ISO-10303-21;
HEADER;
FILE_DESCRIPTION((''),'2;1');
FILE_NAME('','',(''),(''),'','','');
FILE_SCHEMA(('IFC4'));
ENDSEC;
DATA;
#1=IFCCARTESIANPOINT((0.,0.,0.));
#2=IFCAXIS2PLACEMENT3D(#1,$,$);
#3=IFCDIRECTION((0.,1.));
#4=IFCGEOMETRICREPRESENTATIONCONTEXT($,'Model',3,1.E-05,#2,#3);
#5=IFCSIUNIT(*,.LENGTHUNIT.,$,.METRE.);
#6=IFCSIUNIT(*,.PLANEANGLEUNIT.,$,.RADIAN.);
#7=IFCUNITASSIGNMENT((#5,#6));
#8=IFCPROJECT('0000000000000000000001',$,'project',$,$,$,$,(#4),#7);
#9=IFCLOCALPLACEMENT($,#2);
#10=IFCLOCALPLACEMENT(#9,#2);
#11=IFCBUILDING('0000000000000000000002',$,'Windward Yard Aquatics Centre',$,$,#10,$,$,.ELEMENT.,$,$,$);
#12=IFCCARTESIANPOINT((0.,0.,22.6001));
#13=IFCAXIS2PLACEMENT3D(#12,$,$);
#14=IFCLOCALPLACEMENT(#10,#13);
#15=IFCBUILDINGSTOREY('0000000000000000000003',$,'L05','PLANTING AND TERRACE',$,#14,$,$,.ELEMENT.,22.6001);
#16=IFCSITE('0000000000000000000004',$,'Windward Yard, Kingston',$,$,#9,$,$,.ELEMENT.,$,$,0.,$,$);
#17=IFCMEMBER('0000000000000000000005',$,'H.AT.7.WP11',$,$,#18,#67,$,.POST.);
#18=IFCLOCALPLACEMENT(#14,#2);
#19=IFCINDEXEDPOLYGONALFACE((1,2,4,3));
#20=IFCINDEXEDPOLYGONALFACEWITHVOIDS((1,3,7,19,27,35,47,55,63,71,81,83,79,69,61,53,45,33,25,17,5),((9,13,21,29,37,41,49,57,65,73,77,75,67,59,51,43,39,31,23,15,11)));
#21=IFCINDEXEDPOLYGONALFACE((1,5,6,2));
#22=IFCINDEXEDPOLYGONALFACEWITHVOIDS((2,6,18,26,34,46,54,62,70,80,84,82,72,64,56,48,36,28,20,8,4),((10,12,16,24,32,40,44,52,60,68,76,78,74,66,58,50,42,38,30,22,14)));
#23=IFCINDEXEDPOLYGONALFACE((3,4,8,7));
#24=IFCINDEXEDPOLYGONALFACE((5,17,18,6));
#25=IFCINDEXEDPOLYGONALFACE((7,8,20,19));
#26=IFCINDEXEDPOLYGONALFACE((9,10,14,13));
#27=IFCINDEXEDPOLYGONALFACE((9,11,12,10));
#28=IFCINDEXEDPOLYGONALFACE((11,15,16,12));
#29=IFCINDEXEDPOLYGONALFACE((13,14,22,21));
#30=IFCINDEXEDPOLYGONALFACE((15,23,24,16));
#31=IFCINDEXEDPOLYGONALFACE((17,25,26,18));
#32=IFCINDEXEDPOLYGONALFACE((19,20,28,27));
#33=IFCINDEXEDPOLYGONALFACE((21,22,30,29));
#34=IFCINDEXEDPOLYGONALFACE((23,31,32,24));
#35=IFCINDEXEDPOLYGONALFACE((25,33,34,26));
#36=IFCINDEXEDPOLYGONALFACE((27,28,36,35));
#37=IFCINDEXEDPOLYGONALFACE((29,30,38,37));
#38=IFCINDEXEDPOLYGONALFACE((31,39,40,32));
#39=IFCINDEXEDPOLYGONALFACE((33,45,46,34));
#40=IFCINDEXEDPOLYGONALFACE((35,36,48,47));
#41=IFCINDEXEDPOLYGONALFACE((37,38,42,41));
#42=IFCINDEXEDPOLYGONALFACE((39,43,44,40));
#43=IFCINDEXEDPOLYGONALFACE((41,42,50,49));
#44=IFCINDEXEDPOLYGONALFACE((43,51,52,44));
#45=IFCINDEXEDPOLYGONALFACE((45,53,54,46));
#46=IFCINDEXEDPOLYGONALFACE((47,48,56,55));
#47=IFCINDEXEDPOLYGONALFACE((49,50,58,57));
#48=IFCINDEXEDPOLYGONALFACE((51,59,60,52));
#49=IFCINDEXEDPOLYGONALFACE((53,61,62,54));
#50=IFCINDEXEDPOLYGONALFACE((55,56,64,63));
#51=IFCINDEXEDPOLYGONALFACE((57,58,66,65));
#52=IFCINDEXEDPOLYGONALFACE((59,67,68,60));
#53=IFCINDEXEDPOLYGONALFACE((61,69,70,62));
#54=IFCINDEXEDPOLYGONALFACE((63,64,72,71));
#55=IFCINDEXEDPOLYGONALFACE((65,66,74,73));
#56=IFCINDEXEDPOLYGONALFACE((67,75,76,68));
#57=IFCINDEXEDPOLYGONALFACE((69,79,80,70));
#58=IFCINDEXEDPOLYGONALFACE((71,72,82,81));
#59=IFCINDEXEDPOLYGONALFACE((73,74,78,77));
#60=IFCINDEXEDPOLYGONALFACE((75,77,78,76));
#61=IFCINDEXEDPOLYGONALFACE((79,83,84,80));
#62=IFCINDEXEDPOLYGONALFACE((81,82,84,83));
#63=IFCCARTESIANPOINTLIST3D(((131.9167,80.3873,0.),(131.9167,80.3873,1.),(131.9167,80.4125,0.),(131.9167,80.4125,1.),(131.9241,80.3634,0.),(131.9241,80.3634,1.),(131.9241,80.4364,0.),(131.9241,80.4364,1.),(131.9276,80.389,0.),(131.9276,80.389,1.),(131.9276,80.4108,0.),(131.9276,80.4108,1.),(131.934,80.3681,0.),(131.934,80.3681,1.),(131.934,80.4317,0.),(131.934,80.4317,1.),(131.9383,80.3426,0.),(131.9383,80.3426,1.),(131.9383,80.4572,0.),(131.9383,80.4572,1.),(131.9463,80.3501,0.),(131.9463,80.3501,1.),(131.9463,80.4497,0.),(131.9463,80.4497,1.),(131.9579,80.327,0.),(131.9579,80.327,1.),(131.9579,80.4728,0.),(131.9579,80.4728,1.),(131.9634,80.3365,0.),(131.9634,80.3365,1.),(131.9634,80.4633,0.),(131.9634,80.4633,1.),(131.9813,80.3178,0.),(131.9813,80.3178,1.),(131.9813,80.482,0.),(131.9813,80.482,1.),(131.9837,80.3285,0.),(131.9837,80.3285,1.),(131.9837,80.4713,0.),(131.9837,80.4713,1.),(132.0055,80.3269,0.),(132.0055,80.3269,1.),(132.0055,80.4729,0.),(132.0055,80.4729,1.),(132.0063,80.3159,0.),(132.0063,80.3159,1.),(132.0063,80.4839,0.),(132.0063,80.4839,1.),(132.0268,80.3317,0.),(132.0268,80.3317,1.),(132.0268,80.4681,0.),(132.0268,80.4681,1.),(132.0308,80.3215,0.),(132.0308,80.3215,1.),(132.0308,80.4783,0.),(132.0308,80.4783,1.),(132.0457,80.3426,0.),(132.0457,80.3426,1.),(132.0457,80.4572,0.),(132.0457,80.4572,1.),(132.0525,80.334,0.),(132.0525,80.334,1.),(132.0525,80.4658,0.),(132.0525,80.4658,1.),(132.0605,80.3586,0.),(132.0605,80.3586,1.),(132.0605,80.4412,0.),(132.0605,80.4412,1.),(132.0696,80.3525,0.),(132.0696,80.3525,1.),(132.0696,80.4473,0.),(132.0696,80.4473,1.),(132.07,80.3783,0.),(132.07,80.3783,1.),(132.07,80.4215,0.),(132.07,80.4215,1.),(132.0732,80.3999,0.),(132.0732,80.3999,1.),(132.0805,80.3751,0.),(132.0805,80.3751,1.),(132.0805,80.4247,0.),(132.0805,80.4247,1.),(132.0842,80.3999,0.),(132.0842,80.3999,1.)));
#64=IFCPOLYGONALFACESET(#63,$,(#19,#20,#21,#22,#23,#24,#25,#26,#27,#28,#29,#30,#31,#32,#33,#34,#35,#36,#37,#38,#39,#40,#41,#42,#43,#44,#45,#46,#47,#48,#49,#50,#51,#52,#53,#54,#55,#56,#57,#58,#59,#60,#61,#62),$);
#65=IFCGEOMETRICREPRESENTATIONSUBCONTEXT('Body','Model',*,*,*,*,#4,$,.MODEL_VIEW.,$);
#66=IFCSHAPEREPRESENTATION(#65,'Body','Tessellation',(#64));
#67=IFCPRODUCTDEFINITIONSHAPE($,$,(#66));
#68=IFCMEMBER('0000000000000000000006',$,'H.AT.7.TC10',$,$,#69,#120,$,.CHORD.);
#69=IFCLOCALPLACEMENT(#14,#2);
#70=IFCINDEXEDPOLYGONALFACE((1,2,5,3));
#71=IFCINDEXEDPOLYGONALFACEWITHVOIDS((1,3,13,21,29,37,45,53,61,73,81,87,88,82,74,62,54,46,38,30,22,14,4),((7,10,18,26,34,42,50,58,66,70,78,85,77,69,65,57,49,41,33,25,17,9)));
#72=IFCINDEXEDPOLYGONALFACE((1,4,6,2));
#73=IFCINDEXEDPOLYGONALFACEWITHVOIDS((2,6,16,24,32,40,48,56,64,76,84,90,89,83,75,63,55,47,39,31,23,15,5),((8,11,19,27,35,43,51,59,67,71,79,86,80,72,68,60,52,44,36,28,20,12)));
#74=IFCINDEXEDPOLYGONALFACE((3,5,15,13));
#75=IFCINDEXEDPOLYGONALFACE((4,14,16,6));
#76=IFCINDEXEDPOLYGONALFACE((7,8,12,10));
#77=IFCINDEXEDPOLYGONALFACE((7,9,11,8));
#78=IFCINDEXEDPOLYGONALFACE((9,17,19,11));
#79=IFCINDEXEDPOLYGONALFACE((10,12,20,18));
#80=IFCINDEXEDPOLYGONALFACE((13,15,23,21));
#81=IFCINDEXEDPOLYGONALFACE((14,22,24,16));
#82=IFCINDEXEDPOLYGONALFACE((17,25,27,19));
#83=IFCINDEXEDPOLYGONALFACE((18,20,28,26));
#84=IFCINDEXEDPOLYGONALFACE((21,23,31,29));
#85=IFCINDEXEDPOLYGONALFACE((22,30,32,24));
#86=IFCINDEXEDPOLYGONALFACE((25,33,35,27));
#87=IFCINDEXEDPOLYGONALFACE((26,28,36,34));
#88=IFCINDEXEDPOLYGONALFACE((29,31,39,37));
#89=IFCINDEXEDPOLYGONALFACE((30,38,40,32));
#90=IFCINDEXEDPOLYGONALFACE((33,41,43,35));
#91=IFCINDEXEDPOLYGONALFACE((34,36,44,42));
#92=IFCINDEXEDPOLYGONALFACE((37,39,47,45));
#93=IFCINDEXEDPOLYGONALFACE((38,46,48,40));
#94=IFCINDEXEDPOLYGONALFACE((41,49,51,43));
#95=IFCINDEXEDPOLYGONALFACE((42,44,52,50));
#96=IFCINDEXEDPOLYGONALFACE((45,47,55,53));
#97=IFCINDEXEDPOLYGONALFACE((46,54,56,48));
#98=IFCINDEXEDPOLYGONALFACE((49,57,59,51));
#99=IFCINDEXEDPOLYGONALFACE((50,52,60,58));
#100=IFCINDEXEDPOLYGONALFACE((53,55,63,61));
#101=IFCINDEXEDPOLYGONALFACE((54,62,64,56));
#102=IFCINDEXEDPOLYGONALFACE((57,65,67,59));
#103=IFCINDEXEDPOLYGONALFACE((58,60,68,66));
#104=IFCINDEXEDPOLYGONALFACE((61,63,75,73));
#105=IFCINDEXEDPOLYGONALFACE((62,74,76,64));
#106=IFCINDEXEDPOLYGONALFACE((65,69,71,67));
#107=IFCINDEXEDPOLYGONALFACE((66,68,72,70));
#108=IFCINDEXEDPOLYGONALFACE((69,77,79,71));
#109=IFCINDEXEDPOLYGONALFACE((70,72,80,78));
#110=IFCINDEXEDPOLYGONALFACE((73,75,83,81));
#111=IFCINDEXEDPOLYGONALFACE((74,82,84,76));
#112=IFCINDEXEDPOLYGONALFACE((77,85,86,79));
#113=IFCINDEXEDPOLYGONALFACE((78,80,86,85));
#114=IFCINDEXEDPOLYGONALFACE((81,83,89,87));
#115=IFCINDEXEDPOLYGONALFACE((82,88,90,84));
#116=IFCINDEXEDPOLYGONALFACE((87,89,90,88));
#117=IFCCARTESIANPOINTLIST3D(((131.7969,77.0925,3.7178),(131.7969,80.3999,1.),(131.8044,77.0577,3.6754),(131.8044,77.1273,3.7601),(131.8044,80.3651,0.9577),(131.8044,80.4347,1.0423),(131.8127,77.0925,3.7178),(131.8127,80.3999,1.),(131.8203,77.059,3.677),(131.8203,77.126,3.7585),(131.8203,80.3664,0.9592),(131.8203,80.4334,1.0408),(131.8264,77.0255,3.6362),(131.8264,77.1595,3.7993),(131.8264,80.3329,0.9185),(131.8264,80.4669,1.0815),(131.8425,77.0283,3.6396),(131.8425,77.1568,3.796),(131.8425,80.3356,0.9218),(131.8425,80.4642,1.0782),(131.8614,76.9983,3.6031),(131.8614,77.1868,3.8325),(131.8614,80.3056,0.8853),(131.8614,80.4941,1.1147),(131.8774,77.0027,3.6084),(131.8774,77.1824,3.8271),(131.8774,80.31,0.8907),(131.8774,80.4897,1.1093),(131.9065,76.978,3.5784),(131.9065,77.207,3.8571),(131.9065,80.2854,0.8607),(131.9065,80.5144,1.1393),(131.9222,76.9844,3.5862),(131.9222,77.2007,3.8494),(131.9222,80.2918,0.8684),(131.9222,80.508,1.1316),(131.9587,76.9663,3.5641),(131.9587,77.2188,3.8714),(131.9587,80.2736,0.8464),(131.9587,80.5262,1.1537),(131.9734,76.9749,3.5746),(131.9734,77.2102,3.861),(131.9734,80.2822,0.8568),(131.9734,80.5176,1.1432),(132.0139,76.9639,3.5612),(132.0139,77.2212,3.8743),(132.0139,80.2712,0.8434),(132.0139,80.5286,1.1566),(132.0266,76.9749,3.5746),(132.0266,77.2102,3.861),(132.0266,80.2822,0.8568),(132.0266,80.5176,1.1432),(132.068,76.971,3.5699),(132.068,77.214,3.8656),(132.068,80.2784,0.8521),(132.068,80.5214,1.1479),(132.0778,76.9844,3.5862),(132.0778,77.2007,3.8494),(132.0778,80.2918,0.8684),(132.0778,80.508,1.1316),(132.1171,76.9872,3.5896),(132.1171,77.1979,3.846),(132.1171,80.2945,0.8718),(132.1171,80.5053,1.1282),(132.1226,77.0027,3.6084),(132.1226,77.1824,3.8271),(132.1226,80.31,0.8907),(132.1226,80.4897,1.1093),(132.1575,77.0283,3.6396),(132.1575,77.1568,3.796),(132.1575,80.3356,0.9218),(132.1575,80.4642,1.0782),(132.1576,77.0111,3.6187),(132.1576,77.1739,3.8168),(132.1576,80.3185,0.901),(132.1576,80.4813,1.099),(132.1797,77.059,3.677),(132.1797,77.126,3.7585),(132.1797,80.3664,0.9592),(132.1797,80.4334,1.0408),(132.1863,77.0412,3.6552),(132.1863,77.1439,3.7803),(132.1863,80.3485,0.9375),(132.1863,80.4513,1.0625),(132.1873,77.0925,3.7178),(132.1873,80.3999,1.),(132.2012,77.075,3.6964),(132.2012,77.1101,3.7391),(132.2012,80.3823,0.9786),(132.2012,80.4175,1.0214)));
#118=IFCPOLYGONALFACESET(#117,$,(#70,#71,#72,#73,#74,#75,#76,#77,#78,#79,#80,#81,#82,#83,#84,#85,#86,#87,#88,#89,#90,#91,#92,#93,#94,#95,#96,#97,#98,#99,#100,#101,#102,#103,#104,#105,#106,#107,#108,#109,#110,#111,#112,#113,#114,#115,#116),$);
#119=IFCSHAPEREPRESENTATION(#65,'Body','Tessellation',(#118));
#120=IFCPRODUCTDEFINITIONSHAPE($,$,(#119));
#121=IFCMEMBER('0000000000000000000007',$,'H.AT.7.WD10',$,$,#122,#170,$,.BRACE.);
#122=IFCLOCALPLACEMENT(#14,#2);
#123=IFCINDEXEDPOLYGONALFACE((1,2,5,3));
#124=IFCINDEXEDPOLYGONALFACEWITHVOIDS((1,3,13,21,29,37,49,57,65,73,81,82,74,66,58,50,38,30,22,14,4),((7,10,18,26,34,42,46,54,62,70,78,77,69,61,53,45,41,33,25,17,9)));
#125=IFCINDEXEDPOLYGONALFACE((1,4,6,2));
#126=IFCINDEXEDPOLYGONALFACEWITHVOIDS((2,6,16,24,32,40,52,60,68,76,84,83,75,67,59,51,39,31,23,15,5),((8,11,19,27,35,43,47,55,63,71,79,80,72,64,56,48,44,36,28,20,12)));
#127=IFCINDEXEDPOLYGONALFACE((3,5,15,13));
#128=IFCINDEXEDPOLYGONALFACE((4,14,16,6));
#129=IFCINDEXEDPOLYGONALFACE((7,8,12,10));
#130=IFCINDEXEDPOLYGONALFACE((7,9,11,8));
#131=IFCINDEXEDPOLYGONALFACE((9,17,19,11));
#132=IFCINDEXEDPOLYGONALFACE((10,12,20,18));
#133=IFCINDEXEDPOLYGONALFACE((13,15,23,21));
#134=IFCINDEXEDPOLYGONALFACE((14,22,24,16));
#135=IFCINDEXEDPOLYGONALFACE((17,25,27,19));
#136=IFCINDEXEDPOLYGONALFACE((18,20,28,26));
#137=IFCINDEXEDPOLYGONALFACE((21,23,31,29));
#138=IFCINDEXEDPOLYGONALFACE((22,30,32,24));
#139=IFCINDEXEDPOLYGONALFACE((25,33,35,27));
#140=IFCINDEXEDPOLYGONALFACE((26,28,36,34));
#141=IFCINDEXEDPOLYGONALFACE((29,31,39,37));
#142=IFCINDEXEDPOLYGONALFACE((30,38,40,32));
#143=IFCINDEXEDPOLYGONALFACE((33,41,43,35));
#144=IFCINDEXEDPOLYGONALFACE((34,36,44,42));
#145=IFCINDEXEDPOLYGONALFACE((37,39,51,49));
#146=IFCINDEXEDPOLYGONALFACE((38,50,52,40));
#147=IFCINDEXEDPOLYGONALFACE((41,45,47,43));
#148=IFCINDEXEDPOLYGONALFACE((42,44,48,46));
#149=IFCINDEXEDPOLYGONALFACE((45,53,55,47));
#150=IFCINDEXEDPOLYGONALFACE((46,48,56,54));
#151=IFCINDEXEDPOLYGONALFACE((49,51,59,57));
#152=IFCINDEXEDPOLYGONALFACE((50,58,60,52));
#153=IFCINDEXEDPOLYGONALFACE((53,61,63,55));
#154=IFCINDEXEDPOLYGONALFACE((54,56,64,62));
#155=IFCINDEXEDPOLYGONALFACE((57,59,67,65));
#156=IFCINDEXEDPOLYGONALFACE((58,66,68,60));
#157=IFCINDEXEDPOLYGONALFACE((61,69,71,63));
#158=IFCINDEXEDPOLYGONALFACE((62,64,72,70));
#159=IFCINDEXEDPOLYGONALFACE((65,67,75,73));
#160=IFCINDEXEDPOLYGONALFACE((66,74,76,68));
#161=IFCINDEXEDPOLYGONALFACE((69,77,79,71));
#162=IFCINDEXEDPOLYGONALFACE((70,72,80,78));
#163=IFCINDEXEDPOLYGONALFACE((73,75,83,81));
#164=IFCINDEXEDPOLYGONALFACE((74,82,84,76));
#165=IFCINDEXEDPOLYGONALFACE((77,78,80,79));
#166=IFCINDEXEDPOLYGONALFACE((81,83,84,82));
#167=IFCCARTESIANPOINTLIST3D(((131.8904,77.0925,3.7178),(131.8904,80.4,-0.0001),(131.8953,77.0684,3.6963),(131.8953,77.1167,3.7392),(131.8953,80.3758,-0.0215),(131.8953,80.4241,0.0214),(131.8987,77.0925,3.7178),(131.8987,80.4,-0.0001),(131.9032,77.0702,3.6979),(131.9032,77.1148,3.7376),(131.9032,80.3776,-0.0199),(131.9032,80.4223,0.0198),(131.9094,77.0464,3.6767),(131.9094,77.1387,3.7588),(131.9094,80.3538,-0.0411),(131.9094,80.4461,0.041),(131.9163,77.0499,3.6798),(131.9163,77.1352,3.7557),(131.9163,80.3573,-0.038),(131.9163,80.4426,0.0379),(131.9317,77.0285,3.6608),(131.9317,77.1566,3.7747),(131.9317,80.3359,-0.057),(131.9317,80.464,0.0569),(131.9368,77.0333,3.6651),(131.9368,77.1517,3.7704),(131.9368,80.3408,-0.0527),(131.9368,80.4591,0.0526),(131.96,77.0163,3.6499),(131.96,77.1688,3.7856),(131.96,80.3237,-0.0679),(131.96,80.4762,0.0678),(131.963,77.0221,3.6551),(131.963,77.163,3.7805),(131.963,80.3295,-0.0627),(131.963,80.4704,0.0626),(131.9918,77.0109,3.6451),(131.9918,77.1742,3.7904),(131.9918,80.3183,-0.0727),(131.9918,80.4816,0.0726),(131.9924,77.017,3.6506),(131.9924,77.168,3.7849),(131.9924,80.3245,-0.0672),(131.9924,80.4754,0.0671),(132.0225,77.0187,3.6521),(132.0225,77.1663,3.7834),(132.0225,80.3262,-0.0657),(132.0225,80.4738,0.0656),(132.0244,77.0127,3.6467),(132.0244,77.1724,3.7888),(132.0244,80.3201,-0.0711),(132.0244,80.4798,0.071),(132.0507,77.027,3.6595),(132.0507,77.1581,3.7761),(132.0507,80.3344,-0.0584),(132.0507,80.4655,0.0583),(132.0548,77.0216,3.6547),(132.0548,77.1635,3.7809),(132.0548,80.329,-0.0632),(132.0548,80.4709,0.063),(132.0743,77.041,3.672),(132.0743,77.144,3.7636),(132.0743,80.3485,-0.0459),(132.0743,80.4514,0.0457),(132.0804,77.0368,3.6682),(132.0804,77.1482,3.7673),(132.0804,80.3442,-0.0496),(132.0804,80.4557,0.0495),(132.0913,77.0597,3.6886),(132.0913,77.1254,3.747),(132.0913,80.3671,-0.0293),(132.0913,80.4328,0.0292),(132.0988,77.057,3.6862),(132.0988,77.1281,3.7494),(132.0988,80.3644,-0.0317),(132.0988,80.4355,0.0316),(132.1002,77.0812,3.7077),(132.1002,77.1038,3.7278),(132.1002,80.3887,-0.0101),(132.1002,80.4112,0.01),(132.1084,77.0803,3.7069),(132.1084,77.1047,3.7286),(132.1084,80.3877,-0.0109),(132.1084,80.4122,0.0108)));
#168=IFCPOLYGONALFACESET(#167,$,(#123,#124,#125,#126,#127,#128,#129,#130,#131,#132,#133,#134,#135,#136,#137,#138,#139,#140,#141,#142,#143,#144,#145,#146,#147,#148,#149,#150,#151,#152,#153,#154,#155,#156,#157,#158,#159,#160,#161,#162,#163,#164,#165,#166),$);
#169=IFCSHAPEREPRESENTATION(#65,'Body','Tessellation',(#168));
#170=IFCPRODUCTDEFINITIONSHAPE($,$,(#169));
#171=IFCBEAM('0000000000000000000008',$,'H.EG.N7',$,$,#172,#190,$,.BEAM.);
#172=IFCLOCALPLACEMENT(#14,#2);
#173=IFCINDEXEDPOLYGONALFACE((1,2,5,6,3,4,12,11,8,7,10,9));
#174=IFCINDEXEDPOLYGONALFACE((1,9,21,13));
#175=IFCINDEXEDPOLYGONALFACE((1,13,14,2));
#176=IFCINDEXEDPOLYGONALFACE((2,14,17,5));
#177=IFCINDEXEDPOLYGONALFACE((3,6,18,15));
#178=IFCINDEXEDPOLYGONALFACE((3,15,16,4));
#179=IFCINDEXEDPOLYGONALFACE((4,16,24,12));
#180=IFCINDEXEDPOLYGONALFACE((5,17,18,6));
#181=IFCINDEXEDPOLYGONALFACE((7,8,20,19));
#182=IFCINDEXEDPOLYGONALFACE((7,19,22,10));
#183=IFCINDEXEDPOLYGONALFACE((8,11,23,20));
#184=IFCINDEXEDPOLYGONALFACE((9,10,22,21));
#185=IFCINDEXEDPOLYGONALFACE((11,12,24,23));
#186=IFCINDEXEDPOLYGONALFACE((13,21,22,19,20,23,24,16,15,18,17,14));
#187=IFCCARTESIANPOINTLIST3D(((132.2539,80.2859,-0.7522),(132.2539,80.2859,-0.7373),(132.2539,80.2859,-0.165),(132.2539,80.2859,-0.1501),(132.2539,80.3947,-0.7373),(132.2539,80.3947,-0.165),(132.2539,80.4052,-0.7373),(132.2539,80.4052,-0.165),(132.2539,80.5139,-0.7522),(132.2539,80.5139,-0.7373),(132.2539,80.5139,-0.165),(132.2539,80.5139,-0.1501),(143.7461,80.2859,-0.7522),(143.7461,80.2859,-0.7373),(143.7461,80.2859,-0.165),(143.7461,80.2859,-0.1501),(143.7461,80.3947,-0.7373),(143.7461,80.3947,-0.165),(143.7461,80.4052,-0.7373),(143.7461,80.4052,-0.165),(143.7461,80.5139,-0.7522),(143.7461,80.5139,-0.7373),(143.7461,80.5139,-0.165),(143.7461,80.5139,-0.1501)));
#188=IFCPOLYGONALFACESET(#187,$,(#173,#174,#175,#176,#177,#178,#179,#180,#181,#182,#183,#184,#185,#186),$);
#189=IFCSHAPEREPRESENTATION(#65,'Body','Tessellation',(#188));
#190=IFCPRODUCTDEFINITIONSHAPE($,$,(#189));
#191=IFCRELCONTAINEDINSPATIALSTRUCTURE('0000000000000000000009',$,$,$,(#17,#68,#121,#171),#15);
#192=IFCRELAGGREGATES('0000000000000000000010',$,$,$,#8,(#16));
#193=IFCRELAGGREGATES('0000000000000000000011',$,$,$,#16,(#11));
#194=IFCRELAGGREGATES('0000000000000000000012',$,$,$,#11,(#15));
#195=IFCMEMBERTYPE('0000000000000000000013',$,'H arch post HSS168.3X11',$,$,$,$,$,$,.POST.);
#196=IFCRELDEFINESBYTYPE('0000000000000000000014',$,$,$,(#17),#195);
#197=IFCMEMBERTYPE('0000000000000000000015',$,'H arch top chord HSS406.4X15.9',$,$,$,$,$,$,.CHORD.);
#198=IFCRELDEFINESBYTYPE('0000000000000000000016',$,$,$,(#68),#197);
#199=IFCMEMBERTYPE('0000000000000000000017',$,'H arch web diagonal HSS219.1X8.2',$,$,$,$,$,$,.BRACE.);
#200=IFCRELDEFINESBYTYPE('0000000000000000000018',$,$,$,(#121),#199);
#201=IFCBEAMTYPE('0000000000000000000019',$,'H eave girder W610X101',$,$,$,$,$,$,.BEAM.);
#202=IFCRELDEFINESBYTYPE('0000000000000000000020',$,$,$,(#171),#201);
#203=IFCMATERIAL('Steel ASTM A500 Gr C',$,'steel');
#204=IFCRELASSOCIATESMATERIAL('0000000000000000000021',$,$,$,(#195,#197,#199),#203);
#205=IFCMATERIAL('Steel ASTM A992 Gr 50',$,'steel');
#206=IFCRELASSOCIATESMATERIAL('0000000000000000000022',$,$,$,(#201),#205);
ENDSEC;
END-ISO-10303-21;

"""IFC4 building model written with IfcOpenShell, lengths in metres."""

from ifc_helpers import new_model, si_unit, direction, frame, origin, origin_2d, place, context, subcontext, project, spatial, hollow_circle, i_section, extrude, material, material_profile, profile_set, type_object, element, save


model = new_model("IFC4")

# Units and contexts
model_context = context("Model", 3, precision=1e-05, world=origin(), true_north=direction((0.0, 1.0)))
body_context = subcontext(model_context, "Body", "Model", "MODEL_VIEW")
ifc_project = project(units=[si_unit("LENGTHUNIT", "METRE"), si_unit("PLANEANGLEUNIT", "RADIAN")], contexts=[model_context])

# Site, building, storey
site_placement = place(None, origin())
site = spatial("IfcSite", under=ifc_project, at=site_placement, Name="Windward Yard, Kingston", CompositionType="ELEMENT", RefElevation=0.0)
building_placement = place(site_placement, origin())
building = spatial("IfcBuilding", under=site, at=building_placement, Name="Windward Yard Aquatics Centre", CompositionType="ELEMENT")
storey_placement = place(building_placement, frame((0.0, 0.0, 22.6001)))
storey = spatial("IfcBuildingStorey", under=building, at=storey_placement, Name="L05", Description="PLANTING AND TERRACE", CompositionType="ELEMENT", Elevation=22.6001)

# Members
ifc_material_1 = material(Name="Steel ASTM A500 Gr C", Category="steel")
ifc_material_profile_1 = material_profile(ifc_material_1, hollow_circle(Radius=0.0842, WallThickness=0.011, at=origin_2d()), Name="HSS168.3X11")
ifc_profile_set_1 = profile_set([ifc_material_profile_1], Name="Steel ASTM A500 Gr C")
member_type_1 = type_object("IfcMemberType", Name="H arch post HSS168.3X11", PredefinedType="POST", material=ifc_profile_set_1)
member_1_placement = place(storey_placement, frame((132.0, 80.3999, 0.0), z_axis=(0.0, 0.0, 1.0), x_axis=(1.0, 0.0, 0.0)))
element("IfcMember", 1, at=member_1_placement, inside=storey, type_object=member_type_1, Name="H.AT.7.WP11", PredefinedType="POST", context=body_context, shape_type="SweptSolid", body=[
    extrude(hollow_circle(Radius=0.0842, WallThickness=0.011, at=origin_2d()), origin(), (0.0, 0.0, 1.0), 1.0),
])
ifc_material_profile_2 = material_profile(ifc_material_1, hollow_circle(Radius=0.2031, WallThickness=0.0159, at=origin_2d()), Name="HSS406.4X15.9")
ifc_profile_set_2 = profile_set([ifc_material_profile_2], Name="Steel ASTM A500 Gr C")
member_type_2 = type_object("IfcMemberType", Name="H arch top chord HSS406.4X15.9", PredefinedType="CHORD", material=ifc_profile_set_2)
member_2_placement = place(storey_placement, frame((132.0, 77.0925, 3.7178), z_axis=(0.0, 0.772611, -0.634879), x_axis=(-1.0, 0.0, 0.0)))
element("IfcMember", 2, at=member_2_placement, inside=storey, type_object=member_type_2, Name="H.AT.7.TC10", PredefinedType="CHORD", context=body_context, shape_type="SweptSolid", body=[
    extrude(hollow_circle(Radius=0.2031, WallThickness=0.0159, at=origin_2d()), origin(), (0.0, 0.0, 1.0), 4.2808),
])
ifc_material_profile_3 = material_profile(ifc_material_1, hollow_circle(Radius=0.1096, WallThickness=0.0083, at=origin_2d()), Name="HSS219.1X8.2")
ifc_profile_set_3 = profile_set([ifc_material_profile_3], Name="Steel ASTM A500 Gr C")
member_type_3 = type_object("IfcMemberType", Name="H arch web diagonal HSS219.1X8.2", PredefinedType="BRACE", material=ifc_profile_set_3)
member_3_placement = place(storey_placement, frame((132.0, 77.0925, 3.7178), z_axis=(0.0, 0.664665, -0.747141), x_axis=(-1.0, 0.0, 0.0)))
element("IfcMember", 3, at=member_3_placement, inside=storey, type_object=member_type_3, Name="H.AT.7.WD10", PredefinedType="BRACE", context=body_context, shape_type="SweptSolid", body=[
    extrude(hollow_circle(Radius=0.1096, WallThickness=0.0083, at=origin_2d()), origin(), (0.0, 0.0, 1.0), 4.9761),
])

# Beam
ifc_material_2 = material(Name="Steel ASTM A992 Gr 50", Category="steel")
ifc_material_profile_4 = material_profile(ifc_material_2, i_section(OverallWidth=0.228, OverallDepth=0.6021, WebThickness=0.0105, FlangeThickness=0.0149, at=origin_2d()), Name="W610X101")
ifc_profile_set_4 = profile_set([ifc_material_profile_4], Name="Steel ASTM A992 Gr 50")
beam_type = type_object("IfcBeamType", Name="H eave girder W610X101", PredefinedType="BEAM", material=ifc_profile_set_4)
beam_placement = place(storey_placement, frame((132.2539, 80.3999, -0.4512), z_axis=(1.0, 0.0, 0.0), x_axis=(0.0, 1.0, 0.0)))
element("IfcBeam", 4, at=beam_placement, inside=storey, type_object=beam_type, Name="H.EG.N7", PredefinedType="BEAM", context=body_context, shape_type="SweptSolid", body=[
    extrude(i_section(OverallWidth=0.228, OverallDepth=0.6021, WebThickness=0.0105, FlangeThickness=0.0149, at=origin_2d()), origin(), (0.0, 0.0, 1.0), 11.4922),
])

save(model, "model.ifc")
